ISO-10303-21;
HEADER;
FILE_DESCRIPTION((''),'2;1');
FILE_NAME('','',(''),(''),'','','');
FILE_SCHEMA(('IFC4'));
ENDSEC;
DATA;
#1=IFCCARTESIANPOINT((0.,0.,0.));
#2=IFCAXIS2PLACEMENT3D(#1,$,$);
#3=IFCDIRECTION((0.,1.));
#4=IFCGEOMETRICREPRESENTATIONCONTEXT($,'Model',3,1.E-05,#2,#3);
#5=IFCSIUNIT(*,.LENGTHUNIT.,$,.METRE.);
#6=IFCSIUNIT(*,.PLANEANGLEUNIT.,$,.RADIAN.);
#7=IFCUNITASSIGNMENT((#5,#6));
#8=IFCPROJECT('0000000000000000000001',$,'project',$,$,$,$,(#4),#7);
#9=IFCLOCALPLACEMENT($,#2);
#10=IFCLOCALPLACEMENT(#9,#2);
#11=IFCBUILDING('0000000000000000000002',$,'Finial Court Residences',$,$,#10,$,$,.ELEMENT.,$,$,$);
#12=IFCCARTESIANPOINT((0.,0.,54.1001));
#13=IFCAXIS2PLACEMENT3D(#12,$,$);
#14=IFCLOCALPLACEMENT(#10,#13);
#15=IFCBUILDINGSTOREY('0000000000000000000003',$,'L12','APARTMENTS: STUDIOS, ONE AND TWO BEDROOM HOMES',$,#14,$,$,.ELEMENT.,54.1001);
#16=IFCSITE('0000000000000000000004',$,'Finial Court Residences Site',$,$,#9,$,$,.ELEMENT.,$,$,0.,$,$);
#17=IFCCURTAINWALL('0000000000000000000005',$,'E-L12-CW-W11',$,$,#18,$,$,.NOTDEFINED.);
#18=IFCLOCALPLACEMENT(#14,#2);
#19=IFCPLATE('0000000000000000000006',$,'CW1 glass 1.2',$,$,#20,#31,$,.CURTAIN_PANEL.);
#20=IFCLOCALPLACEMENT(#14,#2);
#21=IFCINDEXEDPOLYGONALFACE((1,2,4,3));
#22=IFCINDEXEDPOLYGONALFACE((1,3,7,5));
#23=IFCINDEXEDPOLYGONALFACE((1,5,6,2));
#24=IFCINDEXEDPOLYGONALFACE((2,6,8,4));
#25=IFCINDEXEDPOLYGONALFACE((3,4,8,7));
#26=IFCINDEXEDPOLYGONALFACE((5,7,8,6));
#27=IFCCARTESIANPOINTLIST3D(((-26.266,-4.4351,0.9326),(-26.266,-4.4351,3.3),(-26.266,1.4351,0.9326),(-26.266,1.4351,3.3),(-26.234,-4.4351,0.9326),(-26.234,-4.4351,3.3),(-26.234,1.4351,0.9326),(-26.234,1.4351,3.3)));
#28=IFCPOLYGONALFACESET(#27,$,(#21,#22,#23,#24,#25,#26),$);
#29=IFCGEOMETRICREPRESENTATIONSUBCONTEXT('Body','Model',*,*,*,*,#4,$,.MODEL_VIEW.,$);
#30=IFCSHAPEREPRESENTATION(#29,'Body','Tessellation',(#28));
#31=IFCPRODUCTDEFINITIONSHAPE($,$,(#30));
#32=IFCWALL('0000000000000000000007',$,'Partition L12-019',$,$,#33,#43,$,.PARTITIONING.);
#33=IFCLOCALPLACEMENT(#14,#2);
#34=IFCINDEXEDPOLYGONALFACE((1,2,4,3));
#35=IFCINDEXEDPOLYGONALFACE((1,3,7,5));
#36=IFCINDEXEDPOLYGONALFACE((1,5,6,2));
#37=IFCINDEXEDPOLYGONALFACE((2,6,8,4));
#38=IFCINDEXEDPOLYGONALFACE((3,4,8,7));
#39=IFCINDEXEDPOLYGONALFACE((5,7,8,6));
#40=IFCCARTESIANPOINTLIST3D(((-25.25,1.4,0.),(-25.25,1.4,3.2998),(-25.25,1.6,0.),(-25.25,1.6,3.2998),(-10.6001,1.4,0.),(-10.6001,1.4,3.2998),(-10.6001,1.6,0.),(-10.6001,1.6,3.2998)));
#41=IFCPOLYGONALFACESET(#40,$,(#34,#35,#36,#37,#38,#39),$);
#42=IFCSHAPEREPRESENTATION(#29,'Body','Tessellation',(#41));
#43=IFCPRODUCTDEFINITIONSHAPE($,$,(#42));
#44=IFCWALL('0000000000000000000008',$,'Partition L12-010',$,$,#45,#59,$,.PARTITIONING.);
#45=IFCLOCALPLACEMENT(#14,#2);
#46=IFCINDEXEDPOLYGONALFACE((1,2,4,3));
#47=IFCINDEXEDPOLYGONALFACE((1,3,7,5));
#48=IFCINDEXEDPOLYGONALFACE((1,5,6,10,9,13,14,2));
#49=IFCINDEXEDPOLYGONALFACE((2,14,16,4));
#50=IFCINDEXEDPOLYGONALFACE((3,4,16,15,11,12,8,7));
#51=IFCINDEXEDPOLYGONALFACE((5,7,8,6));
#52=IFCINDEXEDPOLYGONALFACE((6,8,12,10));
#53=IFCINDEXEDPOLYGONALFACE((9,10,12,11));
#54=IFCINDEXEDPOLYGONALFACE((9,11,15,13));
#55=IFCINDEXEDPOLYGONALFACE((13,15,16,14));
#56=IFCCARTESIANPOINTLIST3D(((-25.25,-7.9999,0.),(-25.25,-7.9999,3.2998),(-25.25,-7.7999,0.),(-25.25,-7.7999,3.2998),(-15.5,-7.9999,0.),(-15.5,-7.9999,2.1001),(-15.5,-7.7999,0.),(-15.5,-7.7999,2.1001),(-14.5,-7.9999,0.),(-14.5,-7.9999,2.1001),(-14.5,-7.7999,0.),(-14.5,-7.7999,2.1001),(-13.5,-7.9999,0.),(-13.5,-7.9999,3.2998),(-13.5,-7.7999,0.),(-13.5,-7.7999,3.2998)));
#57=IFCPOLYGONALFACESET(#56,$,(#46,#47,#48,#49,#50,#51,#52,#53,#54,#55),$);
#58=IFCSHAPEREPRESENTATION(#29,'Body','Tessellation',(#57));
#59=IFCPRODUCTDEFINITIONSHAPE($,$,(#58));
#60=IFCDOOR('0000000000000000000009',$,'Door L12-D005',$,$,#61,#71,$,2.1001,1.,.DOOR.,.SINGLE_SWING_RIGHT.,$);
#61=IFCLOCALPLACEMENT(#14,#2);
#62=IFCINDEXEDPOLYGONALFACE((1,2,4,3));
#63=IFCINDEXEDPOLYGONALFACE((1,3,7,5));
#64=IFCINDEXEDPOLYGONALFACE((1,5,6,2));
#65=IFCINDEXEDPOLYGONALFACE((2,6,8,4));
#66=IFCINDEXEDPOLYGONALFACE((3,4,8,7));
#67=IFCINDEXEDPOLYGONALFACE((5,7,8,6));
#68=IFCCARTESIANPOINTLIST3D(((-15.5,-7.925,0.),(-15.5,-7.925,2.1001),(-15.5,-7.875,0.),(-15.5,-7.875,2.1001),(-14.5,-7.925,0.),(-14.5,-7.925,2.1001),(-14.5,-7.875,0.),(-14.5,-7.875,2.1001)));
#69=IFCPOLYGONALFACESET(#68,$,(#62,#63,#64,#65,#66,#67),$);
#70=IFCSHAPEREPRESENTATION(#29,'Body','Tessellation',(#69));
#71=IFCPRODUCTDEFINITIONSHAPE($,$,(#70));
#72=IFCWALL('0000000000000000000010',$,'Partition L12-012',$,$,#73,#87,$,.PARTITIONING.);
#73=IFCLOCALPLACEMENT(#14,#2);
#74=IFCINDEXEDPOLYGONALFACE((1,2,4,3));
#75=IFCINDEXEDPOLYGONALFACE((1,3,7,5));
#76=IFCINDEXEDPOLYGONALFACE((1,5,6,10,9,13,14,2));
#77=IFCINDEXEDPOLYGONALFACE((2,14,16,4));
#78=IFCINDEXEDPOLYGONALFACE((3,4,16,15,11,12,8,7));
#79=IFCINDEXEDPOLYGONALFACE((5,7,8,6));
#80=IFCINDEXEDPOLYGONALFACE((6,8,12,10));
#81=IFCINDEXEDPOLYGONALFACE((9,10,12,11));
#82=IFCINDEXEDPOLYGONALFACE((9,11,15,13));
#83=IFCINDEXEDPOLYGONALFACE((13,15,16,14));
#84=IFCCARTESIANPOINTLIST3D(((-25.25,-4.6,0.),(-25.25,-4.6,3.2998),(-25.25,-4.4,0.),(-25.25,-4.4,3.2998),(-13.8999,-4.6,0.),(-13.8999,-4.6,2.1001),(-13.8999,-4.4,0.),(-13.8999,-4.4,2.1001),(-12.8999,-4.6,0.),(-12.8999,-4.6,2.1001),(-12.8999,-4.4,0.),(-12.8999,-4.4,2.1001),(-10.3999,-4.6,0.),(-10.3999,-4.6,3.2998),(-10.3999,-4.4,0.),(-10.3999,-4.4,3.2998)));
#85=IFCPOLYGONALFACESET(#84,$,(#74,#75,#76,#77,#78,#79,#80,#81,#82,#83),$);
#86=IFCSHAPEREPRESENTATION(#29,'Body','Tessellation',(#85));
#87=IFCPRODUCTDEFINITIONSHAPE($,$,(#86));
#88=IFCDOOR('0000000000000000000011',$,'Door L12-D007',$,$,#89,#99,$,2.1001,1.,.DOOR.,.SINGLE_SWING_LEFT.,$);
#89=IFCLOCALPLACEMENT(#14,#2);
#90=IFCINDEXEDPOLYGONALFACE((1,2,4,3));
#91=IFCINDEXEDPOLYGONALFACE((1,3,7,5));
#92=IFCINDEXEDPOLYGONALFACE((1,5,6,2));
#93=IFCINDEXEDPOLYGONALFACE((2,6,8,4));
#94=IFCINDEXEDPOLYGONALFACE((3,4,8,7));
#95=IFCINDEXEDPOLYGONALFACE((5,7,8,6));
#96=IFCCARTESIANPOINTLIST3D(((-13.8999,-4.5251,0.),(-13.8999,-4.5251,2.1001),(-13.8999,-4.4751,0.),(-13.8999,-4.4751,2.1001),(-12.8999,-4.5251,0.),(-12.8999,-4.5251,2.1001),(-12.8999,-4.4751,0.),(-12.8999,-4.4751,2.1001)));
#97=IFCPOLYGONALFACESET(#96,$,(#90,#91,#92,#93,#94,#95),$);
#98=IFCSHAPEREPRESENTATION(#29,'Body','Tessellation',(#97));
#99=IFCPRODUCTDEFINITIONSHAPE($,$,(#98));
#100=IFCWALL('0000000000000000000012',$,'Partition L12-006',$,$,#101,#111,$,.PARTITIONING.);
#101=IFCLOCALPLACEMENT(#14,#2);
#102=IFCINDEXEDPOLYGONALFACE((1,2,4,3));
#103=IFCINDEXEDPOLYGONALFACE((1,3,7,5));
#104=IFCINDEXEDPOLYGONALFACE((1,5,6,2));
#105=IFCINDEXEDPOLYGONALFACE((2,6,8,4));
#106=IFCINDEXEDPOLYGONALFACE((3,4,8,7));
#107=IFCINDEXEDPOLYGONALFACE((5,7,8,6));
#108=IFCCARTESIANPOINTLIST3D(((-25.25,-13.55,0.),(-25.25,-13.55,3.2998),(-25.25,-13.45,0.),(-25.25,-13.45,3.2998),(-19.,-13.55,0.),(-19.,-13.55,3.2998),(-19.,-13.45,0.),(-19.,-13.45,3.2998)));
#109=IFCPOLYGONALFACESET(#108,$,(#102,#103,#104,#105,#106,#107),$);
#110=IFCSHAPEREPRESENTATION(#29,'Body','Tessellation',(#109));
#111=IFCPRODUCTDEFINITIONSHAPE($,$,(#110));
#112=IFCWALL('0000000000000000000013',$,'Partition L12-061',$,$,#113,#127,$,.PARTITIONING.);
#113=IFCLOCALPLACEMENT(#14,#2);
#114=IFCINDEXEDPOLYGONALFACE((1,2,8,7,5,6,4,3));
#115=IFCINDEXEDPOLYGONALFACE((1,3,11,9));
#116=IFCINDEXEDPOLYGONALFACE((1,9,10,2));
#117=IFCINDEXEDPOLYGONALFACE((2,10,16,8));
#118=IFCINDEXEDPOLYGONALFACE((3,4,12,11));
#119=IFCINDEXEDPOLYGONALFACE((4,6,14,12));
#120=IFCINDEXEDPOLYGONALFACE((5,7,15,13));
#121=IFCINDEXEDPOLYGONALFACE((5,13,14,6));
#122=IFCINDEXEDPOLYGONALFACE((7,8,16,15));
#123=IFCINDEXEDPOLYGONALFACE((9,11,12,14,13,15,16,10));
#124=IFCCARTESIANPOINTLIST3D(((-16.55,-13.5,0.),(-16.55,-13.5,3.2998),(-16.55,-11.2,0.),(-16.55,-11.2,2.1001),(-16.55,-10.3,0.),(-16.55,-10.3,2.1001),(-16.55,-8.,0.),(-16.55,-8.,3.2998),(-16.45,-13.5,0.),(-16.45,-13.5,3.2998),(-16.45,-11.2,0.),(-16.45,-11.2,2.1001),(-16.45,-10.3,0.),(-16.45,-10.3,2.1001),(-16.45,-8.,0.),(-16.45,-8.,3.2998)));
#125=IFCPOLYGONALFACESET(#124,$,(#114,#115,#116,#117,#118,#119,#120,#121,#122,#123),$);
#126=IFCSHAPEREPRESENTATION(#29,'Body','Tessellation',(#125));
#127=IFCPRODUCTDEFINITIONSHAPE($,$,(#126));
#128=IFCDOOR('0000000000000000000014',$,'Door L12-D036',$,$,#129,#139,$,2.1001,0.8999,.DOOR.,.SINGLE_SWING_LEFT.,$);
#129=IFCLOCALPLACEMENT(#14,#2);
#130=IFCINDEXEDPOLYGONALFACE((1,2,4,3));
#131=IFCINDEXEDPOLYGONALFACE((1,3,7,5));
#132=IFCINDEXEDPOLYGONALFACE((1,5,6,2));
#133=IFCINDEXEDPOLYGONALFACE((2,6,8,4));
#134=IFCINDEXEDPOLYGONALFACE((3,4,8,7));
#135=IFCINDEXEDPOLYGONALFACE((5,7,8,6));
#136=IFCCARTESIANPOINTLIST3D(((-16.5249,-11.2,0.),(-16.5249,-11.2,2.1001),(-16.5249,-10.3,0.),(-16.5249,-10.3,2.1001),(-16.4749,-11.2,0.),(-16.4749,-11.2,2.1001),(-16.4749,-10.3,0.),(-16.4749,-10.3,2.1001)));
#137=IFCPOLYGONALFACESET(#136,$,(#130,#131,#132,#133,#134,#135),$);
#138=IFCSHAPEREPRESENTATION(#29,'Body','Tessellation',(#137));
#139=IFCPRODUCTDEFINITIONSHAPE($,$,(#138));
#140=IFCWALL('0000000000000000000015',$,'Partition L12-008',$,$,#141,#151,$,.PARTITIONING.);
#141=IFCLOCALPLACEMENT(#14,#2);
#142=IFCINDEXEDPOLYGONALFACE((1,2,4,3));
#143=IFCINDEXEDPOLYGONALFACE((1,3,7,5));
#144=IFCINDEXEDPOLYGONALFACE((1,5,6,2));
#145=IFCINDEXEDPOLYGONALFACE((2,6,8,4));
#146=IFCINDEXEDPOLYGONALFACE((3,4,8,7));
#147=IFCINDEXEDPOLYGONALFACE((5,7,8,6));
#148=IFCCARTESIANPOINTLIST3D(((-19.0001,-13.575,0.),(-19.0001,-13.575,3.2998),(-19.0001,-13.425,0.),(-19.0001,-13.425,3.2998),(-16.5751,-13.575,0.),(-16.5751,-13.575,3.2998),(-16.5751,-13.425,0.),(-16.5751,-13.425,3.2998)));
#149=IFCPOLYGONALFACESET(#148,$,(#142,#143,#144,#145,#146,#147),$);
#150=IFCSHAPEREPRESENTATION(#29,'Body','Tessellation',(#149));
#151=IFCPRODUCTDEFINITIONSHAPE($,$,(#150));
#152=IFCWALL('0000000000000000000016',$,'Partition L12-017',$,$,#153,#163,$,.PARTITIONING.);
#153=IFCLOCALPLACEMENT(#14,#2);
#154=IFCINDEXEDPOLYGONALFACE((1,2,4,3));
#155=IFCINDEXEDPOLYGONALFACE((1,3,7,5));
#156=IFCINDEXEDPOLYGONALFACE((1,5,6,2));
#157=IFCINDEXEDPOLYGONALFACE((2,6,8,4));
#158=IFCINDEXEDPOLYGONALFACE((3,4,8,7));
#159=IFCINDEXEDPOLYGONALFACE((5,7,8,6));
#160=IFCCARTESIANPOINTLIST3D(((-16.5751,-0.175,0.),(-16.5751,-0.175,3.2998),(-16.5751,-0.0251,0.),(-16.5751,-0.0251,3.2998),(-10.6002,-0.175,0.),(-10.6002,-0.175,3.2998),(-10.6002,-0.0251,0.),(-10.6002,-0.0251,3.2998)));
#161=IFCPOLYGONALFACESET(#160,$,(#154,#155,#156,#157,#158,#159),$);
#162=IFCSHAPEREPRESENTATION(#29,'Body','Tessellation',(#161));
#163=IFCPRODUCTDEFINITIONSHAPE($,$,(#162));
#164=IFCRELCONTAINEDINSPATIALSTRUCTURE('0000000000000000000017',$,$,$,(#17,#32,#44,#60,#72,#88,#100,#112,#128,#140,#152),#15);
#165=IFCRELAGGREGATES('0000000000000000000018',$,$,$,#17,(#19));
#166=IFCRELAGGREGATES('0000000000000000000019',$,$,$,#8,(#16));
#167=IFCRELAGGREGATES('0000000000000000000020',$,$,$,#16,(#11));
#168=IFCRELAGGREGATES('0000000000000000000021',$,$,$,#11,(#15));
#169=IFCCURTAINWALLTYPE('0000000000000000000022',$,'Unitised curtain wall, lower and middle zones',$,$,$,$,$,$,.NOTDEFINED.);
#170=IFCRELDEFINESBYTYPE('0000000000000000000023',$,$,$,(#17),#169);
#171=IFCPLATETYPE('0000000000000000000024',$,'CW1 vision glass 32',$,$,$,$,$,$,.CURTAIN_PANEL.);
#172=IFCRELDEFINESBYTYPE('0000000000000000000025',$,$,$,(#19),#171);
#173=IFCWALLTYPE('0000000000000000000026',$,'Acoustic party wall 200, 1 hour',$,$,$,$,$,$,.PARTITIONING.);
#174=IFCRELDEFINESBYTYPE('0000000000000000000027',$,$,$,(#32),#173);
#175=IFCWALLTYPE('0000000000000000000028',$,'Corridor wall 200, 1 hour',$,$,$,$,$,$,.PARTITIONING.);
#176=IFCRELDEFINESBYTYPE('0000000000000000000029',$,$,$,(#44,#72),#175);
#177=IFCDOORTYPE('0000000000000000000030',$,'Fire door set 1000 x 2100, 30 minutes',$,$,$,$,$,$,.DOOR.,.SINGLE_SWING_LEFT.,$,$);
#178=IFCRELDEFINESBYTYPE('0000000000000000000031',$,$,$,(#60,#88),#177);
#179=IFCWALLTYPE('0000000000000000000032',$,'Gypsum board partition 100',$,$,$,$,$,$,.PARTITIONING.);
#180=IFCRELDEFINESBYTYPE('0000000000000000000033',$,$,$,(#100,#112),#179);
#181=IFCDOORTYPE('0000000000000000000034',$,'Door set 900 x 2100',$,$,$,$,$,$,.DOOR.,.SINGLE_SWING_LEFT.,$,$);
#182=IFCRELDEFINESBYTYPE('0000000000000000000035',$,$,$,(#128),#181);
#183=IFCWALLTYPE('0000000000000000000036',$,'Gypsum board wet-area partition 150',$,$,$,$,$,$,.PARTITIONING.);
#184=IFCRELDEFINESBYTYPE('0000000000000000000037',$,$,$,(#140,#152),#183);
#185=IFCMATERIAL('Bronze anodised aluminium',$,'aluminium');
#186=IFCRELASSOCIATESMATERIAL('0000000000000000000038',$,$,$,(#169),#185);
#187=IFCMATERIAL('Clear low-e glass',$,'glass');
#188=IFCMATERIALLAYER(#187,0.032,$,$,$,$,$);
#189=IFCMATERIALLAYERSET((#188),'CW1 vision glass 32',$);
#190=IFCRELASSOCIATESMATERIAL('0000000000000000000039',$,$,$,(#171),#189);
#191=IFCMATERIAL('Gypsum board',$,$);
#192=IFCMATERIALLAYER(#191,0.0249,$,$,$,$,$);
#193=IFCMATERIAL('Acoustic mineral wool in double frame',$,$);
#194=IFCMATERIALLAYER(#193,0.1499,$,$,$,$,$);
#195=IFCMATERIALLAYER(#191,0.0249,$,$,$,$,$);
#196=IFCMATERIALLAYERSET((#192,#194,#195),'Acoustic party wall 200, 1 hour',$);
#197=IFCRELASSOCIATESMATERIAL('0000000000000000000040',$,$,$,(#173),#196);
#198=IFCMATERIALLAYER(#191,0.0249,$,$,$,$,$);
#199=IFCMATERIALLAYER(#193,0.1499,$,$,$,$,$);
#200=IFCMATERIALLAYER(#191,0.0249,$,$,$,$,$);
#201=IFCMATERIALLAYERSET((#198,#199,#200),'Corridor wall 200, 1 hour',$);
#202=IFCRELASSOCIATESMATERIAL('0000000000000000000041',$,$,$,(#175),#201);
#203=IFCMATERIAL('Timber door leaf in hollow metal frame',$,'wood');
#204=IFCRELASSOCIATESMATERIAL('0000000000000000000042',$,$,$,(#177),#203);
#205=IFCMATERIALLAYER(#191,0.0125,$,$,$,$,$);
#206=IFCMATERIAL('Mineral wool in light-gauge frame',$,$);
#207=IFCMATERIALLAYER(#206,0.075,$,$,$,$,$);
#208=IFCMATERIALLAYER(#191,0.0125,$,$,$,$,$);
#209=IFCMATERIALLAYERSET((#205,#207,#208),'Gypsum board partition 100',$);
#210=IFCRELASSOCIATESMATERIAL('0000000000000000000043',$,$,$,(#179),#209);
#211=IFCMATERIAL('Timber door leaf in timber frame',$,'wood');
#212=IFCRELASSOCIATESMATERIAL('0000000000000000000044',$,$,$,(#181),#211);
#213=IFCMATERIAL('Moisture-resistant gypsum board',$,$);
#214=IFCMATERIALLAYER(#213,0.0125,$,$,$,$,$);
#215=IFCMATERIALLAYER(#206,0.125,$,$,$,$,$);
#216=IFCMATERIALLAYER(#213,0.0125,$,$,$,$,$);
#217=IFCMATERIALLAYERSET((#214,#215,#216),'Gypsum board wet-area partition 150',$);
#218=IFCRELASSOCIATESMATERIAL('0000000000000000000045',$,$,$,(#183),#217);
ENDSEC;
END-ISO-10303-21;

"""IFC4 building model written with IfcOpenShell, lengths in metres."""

from ifc_helpers import new_model, si_unit, direction, frame, frame_2d, origin, origin_2d, place, context, subcontext, project, spatial, rectangle, extrude, material, layer, layer_set, type_object, element, fill, aggregate, save


model = new_model("IFC4")

# Units and contexts
model_context = context("Model", 3, precision=1e-05, world=origin(), true_north=direction((0.0, 1.0)))
body_context = subcontext(model_context, "Body", "Model", "MODEL_VIEW")
ifc_project = project(units=[si_unit("LENGTHUNIT", "METRE"), si_unit("PLANEANGLEUNIT", "RADIAN")], contexts=[model_context])

# Site, building, storey
site_placement = place(None, origin())
site = spatial("IfcSite", under=ifc_project, at=site_placement, Name="Finial Court Residences Site", CompositionType="ELEMENT", RefElevation=0.0)
building_placement = place(site_placement, origin())
building = spatial("IfcBuilding", under=site, at=building_placement, Name="Finial Court Residences", CompositionType="ELEMENT")
storey_placement = place(building_placement, frame((0.0, 0.0, 54.1001)))
storey = spatial("IfcBuildingStorey", under=building, at=storey_placement, Name="L12", Description="APARTMENTS: STUDIOS, ONE AND TWO BEDROOM HOMES", CompositionType="ELEMENT", Elevation=54.1001)

# Curtain wall
ifc_material_1 = material(Name="Bronze anodised aluminium", Category="aluminium")
curtain_wall_type = type_object("IfcCurtainWallType", Name="Unitised curtain wall, lower and middle zones", PredefinedType="NOTDEFINED", material=ifc_material_1)
curtain_wall_1_placement = place(storey_placement, origin())
curtain_wall_1 = element("IfcCurtainWall", 1, at=curtain_wall_1_placement, inside=storey, type_object=curtain_wall_type, Name="E-L12-CW-W11", PredefinedType="NOTDEFINED")

# Plate
ifc_material_2 = material(Name="Clear low-e glass", Category="glass")
ifc_layer_1 = layer(ifc_material_2, 0.032)
ifc_layer_set_1 = layer_set([ifc_layer_1], Name="CW1 vision glass 32")
plate_type_1 = type_object("IfcPlateType", Name="CW1 vision glass 32", PredefinedType="CURTAIN_PANEL", material=ifc_layer_set_1)
plate_1_placement = place(storey_placement, frame((-26.25, -1.5, 0.9326), z_axis=(0.0, 0.0, 1.0), x_axis=(0.0, 1.0, 0.0)))
plate_1 = element("IfcPlate", 2, at=plate_1_placement, type_object=plate_type_1, Name="CW1 glass 1.2", PredefinedType="CURTAIN_PANEL", context=body_context, shape_type="SweptSolid", body=[
    extrude(rectangle(XDim=5.8701, YDim=0.032, at=origin_2d()), origin(), (0.0, 0.0, 1.0), 2.3674),
])
aggregate(curtain_wall_1, [plate_1])

# Wall
ifc_material_3 = material(Name="Gypsum board")
ifc_layer_2 = layer(ifc_material_3, 0.0249)
ifc_material_4 = material(Name="Acoustic mineral wool in double frame")
ifc_layer_3 = layer(ifc_material_4, 0.1499)
ifc_layer_4 = layer(ifc_material_3, 0.0249)
ifc_layer_set_2 = layer_set([ifc_layer_2, ifc_layer_3, ifc_layer_4], Name="Acoustic party wall 200, 1 hour")
wall_type_1 = type_object("IfcWallType", Name="Acoustic party wall 200, 1 hour", PredefinedType="PARTITIONING", material=ifc_layer_set_2)
wall_1_placement = place(storey_placement, frame((-25.25, 1.5, 0.0), z_axis=(0.0, 0.0, 1.0), x_axis=(1.0, 0.0, 0.0)))
element("IfcWall", 3, at=wall_1_placement, inside=storey, type_object=wall_type_1, Name="Partition L12-019", PredefinedType="PARTITIONING", context=body_context, shape_type="SweptSolid", body=[
    extrude(rectangle(XDim=14.6499, YDim=0.2, at=frame_2d((7.325, 0.0))), origin(), (0.0, 0.0, 1.0), 3.2998),
])

# Walls, openings, doors
ifc_layer_5 = layer(ifc_material_3, 0.0249)
ifc_layer_6 = layer(ifc_material_4, 0.1499)
ifc_layer_7 = layer(ifc_material_3, 0.0249)
ifc_layer_set_3 = layer_set([ifc_layer_5, ifc_layer_6, ifc_layer_7], Name="Corridor wall 200, 1 hour")
wall_type_2 = type_object("IfcWallType", Name="Corridor wall 200, 1 hour", PredefinedType="PARTITIONING", material=ifc_layer_set_3)
wall_2_placement = place(storey_placement, frame((-25.25, -7.8999, 0.0), z_axis=(0.0, 0.0, 1.0), x_axis=(1.0, 0.0, 0.0)))
wall_2 = element("IfcWall", 4, at=wall_2_placement, inside=storey, type_object=wall_type_2, Name="Partition L12-010", PredefinedType="PARTITIONING", context=body_context, shape_type="SweptSolid", body=[
    extrude(rectangle(XDim=11.75, YDim=0.2, at=frame_2d((5.875, 0.0))), origin(), (0.0, 0.0, 1.0), 3.2998),
])
opening_1_placement = place(wall_2_placement, frame((9.75, 0.0, 0.0)))
opening_1 = element("IfcOpeningElement", 5, at=opening_1_placement, cuts=wall_2, PredefinedType="OPENING", context=body_context, shape_type="SweptSolid", body=[
    extrude(rectangle(XDim=1.0, YDim=2.1001, at=frame_2d((0.5, 1.05))), frame((0.0, 0.1099, 0.0), z_axis=(0.0, -1.0, 0.0), x_axis=(1.0, 0.0, 0.0)), (0.0, 0.0, 1.0), 0.22),
])
ifc_material_5 = material(Name="Timber door leaf in hollow metal frame", Category="wood")
door_type_1 = type_object("IfcDoorType", Name="Fire door set 1000 x 2100, 30 minutes", OperationType="SINGLE_SWING_LEFT", PredefinedType="DOOR", material=ifc_material_5)
door_1_placement = place(opening_1_placement, origin())
door_1 = element("IfcDoor", 6, at=door_1_placement, inside=storey, type_object=door_type_1, Name="Door L12-D005", OperationType="SINGLE_SWING_RIGHT", OverallHeight=2.1001, OverallWidth=1.0, PredefinedType="DOOR", context=body_context, shape_type="SweptSolid", body=[
    extrude(rectangle(XDim=1.0, YDim=2.1001, at=frame_2d((0.5, 1.05))), frame((0.0, 0.0249, 0.0), z_axis=(0.0, -1.0, 0.0), x_axis=(1.0, 0.0, 0.0)), (0.0, 0.0, 1.0), 0.05),
])
fill(opening_1, door_1)
wall_3_placement = place(storey_placement, frame((-25.25, -4.5, 0.0), z_axis=(0.0, 0.0, 1.0), x_axis=(1.0, 0.0, 0.0)))
wall_3 = element("IfcWall", 7, at=wall_3_placement, inside=storey, type_object=wall_type_2, Name="Partition L12-012", PredefinedType="PARTITIONING", context=body_context, shape_type="SweptSolid", body=[
    extrude(rectangle(XDim=14.8501, YDim=0.2, at=frame_2d((7.425, 0.0))), origin(), (0.0, 0.0, 1.0), 3.2998),
])
opening_2_placement = place(wall_3_placement, frame((11.3501, 0.0, 0.0)))
opening_2 = element("IfcOpeningElement", 8, at=opening_2_placement, cuts=wall_3, PredefinedType="OPENING", context=body_context, shape_type="SweptSolid", body=[
    extrude(rectangle(XDim=1.0, YDim=2.1001, at=frame_2d((0.5, 1.05))), frame((0.0, 0.1099, 0.0), z_axis=(0.0, -1.0, 0.0), x_axis=(1.0, 0.0, 0.0)), (0.0, 0.0, 1.0), 0.22),
])
door_2_placement = place(opening_2_placement, origin())
door_2 = element("IfcDoor", 9, at=door_2_placement, inside=storey, type_object=door_type_1, Name="Door L12-D007", OperationType="SINGLE_SWING_LEFT", OverallHeight=2.1001, OverallWidth=1.0, PredefinedType="DOOR", context=body_context, shape_type="SweptSolid", body=[
    extrude(rectangle(XDim=1.0, YDim=2.1001, at=frame_2d((0.5, 1.05))), frame((0.0, 0.0249, 0.0), z_axis=(0.0, -1.0, 0.0), x_axis=(1.0, 0.0, 0.0)), (0.0, 0.0, 1.0), 0.05),
])
fill(opening_2, door_2)

# Wall
ifc_layer_8 = layer(ifc_material_3, 0.0125)
ifc_material_6 = material(Name="Mineral wool in light-gauge frame")
ifc_layer_9 = layer(ifc_material_6, 0.075)
ifc_layer_10 = layer(ifc_material_3, 0.0125)
ifc_layer_set_4 = layer_set([ifc_layer_8, ifc_layer_9, ifc_layer_10], Name="Gypsum board partition 100")
wall_type_3 = type_object("IfcWallType", Name="Gypsum board partition 100", PredefinedType="PARTITIONING", material=ifc_layer_set_4)
wall_4_placement = place(storey_placement, frame((-25.25, -13.5, 0.0), z_axis=(0.0, 0.0, 1.0), x_axis=(1.0, 0.0, 0.0)))
element("IfcWall", 10, at=wall_4_placement, inside=storey, type_object=wall_type_3, Name="Partition L12-006", PredefinedType="PARTITIONING", context=body_context, shape_type="SweptSolid", body=[
    extrude(rectangle(XDim=6.25, YDim=0.1001, at=frame_2d((3.125, 0.0))), origin(), (0.0, 0.0, 1.0), 3.2998),
])

# Wall, opening, door
wall_5_placement = place(storey_placement, frame((-16.5, -13.5, 0.0), z_axis=(0.0, 0.0, 1.0), x_axis=(0.0, 1.0, 0.0)))
wall_5 = element("IfcWall", 11, at=wall_5_placement, inside=storey, type_object=wall_type_3, Name="Partition L12-061", PredefinedType="PARTITIONING", context=body_context, shape_type="SweptSolid", body=[
    extrude(rectangle(XDim=5.5, YDim=0.1001, at=frame_2d((2.75, 0.0))), origin(), (0.0, 0.0, 1.0), 3.2998),
])
opening_3_placement = place(wall_5_placement, frame((2.3, 0.0, 0.0)))
opening_3 = element("IfcOpeningElement", 12, at=opening_3_placement, cuts=wall_5, PredefinedType="OPENING", context=body_context, shape_type="SweptSolid", body=[
    extrude(rectangle(XDim=0.8999, YDim=2.1001, at=frame_2d((0.45, 1.05))), frame((0.0, 0.0601, 0.0), z_axis=(0.0, -1.0, 0.0), x_axis=(1.0, 0.0, 0.0)), (0.0, 0.0, 1.0), 0.1201),
])
ifc_material_7 = material(Name="Timber door leaf in timber frame", Category="wood")
door_type_2 = type_object("IfcDoorType", Name="Door set 900 x 2100", OperationType="SINGLE_SWING_LEFT", PredefinedType="DOOR", material=ifc_material_7)
door_3_placement = place(opening_3_placement, origin())
door_3 = element("IfcDoor", 13, at=door_3_placement, inside=storey, type_object=door_type_2, Name="Door L12-D036", OperationType="SINGLE_SWING_LEFT", OverallHeight=2.1001, OverallWidth=0.8999, PredefinedType="DOOR", context=body_context, shape_type="SweptSolid", body=[
    extrude(rectangle(XDim=0.8999, YDim=2.1001, at=frame_2d((0.45, 1.05))), frame((0.0, 0.0249, 0.0), z_axis=(0.0, -1.0, 0.0), x_axis=(1.0, 0.0, 0.0)), (0.0, 0.0, 1.0), 0.05),
])
fill(opening_3, door_3)

# Walls
ifc_material_8 = material(Name="Moisture-resistant gypsum board")
ifc_layer_11 = layer(ifc_material_8, 0.0125)
ifc_layer_12 = layer(ifc_material_6, 0.125)
ifc_layer_13 = layer(ifc_material_8, 0.0125)
ifc_layer_set_5 = layer_set([ifc_layer_11, ifc_layer_12, ifc_layer_13], Name="Gypsum board wet-area partition 150")
wall_type_4 = type_object("IfcWallType", Name="Gypsum board wet-area partition 150", PredefinedType="PARTITIONING", material=ifc_layer_set_5)
wall_6_placement = place(storey_placement, frame((-19.0, -13.5, 0.0), z_axis=(0.0, 0.0, 1.0), x_axis=(1.0, 0.0, 0.0)))
element("IfcWall", 14, at=wall_6_placement, inside=storey, type_object=wall_type_4, Name="Partition L12-008", PredefinedType="PARTITIONING", context=body_context, shape_type="SweptSolid", body=[
    extrude(rectangle(XDim=2.425, YDim=0.1499, at=frame_2d((1.2124, 0.0))), origin(), (0.0, 0.0, 1.0), 3.2998),
])
wall_7_placement = place(storey_placement, frame((-16.575, -0.1001, 0.0), z_axis=(0.0, 0.0, 1.0), x_axis=(1.0, 0.0, 0.0)))
element("IfcWall", 15, at=wall_7_placement, inside=storey, type_object=wall_type_4, Name="Partition L12-017", PredefinedType="PARTITIONING", context=body_context, shape_type="SweptSolid", body=[
    extrude(rectangle(XDim=5.9749, YDim=0.1499, at=frame_2d((2.9873, 0.0))), origin(), (0.0, 0.0, 1.0), 3.2998),
])

save(model, "model.ifc")
